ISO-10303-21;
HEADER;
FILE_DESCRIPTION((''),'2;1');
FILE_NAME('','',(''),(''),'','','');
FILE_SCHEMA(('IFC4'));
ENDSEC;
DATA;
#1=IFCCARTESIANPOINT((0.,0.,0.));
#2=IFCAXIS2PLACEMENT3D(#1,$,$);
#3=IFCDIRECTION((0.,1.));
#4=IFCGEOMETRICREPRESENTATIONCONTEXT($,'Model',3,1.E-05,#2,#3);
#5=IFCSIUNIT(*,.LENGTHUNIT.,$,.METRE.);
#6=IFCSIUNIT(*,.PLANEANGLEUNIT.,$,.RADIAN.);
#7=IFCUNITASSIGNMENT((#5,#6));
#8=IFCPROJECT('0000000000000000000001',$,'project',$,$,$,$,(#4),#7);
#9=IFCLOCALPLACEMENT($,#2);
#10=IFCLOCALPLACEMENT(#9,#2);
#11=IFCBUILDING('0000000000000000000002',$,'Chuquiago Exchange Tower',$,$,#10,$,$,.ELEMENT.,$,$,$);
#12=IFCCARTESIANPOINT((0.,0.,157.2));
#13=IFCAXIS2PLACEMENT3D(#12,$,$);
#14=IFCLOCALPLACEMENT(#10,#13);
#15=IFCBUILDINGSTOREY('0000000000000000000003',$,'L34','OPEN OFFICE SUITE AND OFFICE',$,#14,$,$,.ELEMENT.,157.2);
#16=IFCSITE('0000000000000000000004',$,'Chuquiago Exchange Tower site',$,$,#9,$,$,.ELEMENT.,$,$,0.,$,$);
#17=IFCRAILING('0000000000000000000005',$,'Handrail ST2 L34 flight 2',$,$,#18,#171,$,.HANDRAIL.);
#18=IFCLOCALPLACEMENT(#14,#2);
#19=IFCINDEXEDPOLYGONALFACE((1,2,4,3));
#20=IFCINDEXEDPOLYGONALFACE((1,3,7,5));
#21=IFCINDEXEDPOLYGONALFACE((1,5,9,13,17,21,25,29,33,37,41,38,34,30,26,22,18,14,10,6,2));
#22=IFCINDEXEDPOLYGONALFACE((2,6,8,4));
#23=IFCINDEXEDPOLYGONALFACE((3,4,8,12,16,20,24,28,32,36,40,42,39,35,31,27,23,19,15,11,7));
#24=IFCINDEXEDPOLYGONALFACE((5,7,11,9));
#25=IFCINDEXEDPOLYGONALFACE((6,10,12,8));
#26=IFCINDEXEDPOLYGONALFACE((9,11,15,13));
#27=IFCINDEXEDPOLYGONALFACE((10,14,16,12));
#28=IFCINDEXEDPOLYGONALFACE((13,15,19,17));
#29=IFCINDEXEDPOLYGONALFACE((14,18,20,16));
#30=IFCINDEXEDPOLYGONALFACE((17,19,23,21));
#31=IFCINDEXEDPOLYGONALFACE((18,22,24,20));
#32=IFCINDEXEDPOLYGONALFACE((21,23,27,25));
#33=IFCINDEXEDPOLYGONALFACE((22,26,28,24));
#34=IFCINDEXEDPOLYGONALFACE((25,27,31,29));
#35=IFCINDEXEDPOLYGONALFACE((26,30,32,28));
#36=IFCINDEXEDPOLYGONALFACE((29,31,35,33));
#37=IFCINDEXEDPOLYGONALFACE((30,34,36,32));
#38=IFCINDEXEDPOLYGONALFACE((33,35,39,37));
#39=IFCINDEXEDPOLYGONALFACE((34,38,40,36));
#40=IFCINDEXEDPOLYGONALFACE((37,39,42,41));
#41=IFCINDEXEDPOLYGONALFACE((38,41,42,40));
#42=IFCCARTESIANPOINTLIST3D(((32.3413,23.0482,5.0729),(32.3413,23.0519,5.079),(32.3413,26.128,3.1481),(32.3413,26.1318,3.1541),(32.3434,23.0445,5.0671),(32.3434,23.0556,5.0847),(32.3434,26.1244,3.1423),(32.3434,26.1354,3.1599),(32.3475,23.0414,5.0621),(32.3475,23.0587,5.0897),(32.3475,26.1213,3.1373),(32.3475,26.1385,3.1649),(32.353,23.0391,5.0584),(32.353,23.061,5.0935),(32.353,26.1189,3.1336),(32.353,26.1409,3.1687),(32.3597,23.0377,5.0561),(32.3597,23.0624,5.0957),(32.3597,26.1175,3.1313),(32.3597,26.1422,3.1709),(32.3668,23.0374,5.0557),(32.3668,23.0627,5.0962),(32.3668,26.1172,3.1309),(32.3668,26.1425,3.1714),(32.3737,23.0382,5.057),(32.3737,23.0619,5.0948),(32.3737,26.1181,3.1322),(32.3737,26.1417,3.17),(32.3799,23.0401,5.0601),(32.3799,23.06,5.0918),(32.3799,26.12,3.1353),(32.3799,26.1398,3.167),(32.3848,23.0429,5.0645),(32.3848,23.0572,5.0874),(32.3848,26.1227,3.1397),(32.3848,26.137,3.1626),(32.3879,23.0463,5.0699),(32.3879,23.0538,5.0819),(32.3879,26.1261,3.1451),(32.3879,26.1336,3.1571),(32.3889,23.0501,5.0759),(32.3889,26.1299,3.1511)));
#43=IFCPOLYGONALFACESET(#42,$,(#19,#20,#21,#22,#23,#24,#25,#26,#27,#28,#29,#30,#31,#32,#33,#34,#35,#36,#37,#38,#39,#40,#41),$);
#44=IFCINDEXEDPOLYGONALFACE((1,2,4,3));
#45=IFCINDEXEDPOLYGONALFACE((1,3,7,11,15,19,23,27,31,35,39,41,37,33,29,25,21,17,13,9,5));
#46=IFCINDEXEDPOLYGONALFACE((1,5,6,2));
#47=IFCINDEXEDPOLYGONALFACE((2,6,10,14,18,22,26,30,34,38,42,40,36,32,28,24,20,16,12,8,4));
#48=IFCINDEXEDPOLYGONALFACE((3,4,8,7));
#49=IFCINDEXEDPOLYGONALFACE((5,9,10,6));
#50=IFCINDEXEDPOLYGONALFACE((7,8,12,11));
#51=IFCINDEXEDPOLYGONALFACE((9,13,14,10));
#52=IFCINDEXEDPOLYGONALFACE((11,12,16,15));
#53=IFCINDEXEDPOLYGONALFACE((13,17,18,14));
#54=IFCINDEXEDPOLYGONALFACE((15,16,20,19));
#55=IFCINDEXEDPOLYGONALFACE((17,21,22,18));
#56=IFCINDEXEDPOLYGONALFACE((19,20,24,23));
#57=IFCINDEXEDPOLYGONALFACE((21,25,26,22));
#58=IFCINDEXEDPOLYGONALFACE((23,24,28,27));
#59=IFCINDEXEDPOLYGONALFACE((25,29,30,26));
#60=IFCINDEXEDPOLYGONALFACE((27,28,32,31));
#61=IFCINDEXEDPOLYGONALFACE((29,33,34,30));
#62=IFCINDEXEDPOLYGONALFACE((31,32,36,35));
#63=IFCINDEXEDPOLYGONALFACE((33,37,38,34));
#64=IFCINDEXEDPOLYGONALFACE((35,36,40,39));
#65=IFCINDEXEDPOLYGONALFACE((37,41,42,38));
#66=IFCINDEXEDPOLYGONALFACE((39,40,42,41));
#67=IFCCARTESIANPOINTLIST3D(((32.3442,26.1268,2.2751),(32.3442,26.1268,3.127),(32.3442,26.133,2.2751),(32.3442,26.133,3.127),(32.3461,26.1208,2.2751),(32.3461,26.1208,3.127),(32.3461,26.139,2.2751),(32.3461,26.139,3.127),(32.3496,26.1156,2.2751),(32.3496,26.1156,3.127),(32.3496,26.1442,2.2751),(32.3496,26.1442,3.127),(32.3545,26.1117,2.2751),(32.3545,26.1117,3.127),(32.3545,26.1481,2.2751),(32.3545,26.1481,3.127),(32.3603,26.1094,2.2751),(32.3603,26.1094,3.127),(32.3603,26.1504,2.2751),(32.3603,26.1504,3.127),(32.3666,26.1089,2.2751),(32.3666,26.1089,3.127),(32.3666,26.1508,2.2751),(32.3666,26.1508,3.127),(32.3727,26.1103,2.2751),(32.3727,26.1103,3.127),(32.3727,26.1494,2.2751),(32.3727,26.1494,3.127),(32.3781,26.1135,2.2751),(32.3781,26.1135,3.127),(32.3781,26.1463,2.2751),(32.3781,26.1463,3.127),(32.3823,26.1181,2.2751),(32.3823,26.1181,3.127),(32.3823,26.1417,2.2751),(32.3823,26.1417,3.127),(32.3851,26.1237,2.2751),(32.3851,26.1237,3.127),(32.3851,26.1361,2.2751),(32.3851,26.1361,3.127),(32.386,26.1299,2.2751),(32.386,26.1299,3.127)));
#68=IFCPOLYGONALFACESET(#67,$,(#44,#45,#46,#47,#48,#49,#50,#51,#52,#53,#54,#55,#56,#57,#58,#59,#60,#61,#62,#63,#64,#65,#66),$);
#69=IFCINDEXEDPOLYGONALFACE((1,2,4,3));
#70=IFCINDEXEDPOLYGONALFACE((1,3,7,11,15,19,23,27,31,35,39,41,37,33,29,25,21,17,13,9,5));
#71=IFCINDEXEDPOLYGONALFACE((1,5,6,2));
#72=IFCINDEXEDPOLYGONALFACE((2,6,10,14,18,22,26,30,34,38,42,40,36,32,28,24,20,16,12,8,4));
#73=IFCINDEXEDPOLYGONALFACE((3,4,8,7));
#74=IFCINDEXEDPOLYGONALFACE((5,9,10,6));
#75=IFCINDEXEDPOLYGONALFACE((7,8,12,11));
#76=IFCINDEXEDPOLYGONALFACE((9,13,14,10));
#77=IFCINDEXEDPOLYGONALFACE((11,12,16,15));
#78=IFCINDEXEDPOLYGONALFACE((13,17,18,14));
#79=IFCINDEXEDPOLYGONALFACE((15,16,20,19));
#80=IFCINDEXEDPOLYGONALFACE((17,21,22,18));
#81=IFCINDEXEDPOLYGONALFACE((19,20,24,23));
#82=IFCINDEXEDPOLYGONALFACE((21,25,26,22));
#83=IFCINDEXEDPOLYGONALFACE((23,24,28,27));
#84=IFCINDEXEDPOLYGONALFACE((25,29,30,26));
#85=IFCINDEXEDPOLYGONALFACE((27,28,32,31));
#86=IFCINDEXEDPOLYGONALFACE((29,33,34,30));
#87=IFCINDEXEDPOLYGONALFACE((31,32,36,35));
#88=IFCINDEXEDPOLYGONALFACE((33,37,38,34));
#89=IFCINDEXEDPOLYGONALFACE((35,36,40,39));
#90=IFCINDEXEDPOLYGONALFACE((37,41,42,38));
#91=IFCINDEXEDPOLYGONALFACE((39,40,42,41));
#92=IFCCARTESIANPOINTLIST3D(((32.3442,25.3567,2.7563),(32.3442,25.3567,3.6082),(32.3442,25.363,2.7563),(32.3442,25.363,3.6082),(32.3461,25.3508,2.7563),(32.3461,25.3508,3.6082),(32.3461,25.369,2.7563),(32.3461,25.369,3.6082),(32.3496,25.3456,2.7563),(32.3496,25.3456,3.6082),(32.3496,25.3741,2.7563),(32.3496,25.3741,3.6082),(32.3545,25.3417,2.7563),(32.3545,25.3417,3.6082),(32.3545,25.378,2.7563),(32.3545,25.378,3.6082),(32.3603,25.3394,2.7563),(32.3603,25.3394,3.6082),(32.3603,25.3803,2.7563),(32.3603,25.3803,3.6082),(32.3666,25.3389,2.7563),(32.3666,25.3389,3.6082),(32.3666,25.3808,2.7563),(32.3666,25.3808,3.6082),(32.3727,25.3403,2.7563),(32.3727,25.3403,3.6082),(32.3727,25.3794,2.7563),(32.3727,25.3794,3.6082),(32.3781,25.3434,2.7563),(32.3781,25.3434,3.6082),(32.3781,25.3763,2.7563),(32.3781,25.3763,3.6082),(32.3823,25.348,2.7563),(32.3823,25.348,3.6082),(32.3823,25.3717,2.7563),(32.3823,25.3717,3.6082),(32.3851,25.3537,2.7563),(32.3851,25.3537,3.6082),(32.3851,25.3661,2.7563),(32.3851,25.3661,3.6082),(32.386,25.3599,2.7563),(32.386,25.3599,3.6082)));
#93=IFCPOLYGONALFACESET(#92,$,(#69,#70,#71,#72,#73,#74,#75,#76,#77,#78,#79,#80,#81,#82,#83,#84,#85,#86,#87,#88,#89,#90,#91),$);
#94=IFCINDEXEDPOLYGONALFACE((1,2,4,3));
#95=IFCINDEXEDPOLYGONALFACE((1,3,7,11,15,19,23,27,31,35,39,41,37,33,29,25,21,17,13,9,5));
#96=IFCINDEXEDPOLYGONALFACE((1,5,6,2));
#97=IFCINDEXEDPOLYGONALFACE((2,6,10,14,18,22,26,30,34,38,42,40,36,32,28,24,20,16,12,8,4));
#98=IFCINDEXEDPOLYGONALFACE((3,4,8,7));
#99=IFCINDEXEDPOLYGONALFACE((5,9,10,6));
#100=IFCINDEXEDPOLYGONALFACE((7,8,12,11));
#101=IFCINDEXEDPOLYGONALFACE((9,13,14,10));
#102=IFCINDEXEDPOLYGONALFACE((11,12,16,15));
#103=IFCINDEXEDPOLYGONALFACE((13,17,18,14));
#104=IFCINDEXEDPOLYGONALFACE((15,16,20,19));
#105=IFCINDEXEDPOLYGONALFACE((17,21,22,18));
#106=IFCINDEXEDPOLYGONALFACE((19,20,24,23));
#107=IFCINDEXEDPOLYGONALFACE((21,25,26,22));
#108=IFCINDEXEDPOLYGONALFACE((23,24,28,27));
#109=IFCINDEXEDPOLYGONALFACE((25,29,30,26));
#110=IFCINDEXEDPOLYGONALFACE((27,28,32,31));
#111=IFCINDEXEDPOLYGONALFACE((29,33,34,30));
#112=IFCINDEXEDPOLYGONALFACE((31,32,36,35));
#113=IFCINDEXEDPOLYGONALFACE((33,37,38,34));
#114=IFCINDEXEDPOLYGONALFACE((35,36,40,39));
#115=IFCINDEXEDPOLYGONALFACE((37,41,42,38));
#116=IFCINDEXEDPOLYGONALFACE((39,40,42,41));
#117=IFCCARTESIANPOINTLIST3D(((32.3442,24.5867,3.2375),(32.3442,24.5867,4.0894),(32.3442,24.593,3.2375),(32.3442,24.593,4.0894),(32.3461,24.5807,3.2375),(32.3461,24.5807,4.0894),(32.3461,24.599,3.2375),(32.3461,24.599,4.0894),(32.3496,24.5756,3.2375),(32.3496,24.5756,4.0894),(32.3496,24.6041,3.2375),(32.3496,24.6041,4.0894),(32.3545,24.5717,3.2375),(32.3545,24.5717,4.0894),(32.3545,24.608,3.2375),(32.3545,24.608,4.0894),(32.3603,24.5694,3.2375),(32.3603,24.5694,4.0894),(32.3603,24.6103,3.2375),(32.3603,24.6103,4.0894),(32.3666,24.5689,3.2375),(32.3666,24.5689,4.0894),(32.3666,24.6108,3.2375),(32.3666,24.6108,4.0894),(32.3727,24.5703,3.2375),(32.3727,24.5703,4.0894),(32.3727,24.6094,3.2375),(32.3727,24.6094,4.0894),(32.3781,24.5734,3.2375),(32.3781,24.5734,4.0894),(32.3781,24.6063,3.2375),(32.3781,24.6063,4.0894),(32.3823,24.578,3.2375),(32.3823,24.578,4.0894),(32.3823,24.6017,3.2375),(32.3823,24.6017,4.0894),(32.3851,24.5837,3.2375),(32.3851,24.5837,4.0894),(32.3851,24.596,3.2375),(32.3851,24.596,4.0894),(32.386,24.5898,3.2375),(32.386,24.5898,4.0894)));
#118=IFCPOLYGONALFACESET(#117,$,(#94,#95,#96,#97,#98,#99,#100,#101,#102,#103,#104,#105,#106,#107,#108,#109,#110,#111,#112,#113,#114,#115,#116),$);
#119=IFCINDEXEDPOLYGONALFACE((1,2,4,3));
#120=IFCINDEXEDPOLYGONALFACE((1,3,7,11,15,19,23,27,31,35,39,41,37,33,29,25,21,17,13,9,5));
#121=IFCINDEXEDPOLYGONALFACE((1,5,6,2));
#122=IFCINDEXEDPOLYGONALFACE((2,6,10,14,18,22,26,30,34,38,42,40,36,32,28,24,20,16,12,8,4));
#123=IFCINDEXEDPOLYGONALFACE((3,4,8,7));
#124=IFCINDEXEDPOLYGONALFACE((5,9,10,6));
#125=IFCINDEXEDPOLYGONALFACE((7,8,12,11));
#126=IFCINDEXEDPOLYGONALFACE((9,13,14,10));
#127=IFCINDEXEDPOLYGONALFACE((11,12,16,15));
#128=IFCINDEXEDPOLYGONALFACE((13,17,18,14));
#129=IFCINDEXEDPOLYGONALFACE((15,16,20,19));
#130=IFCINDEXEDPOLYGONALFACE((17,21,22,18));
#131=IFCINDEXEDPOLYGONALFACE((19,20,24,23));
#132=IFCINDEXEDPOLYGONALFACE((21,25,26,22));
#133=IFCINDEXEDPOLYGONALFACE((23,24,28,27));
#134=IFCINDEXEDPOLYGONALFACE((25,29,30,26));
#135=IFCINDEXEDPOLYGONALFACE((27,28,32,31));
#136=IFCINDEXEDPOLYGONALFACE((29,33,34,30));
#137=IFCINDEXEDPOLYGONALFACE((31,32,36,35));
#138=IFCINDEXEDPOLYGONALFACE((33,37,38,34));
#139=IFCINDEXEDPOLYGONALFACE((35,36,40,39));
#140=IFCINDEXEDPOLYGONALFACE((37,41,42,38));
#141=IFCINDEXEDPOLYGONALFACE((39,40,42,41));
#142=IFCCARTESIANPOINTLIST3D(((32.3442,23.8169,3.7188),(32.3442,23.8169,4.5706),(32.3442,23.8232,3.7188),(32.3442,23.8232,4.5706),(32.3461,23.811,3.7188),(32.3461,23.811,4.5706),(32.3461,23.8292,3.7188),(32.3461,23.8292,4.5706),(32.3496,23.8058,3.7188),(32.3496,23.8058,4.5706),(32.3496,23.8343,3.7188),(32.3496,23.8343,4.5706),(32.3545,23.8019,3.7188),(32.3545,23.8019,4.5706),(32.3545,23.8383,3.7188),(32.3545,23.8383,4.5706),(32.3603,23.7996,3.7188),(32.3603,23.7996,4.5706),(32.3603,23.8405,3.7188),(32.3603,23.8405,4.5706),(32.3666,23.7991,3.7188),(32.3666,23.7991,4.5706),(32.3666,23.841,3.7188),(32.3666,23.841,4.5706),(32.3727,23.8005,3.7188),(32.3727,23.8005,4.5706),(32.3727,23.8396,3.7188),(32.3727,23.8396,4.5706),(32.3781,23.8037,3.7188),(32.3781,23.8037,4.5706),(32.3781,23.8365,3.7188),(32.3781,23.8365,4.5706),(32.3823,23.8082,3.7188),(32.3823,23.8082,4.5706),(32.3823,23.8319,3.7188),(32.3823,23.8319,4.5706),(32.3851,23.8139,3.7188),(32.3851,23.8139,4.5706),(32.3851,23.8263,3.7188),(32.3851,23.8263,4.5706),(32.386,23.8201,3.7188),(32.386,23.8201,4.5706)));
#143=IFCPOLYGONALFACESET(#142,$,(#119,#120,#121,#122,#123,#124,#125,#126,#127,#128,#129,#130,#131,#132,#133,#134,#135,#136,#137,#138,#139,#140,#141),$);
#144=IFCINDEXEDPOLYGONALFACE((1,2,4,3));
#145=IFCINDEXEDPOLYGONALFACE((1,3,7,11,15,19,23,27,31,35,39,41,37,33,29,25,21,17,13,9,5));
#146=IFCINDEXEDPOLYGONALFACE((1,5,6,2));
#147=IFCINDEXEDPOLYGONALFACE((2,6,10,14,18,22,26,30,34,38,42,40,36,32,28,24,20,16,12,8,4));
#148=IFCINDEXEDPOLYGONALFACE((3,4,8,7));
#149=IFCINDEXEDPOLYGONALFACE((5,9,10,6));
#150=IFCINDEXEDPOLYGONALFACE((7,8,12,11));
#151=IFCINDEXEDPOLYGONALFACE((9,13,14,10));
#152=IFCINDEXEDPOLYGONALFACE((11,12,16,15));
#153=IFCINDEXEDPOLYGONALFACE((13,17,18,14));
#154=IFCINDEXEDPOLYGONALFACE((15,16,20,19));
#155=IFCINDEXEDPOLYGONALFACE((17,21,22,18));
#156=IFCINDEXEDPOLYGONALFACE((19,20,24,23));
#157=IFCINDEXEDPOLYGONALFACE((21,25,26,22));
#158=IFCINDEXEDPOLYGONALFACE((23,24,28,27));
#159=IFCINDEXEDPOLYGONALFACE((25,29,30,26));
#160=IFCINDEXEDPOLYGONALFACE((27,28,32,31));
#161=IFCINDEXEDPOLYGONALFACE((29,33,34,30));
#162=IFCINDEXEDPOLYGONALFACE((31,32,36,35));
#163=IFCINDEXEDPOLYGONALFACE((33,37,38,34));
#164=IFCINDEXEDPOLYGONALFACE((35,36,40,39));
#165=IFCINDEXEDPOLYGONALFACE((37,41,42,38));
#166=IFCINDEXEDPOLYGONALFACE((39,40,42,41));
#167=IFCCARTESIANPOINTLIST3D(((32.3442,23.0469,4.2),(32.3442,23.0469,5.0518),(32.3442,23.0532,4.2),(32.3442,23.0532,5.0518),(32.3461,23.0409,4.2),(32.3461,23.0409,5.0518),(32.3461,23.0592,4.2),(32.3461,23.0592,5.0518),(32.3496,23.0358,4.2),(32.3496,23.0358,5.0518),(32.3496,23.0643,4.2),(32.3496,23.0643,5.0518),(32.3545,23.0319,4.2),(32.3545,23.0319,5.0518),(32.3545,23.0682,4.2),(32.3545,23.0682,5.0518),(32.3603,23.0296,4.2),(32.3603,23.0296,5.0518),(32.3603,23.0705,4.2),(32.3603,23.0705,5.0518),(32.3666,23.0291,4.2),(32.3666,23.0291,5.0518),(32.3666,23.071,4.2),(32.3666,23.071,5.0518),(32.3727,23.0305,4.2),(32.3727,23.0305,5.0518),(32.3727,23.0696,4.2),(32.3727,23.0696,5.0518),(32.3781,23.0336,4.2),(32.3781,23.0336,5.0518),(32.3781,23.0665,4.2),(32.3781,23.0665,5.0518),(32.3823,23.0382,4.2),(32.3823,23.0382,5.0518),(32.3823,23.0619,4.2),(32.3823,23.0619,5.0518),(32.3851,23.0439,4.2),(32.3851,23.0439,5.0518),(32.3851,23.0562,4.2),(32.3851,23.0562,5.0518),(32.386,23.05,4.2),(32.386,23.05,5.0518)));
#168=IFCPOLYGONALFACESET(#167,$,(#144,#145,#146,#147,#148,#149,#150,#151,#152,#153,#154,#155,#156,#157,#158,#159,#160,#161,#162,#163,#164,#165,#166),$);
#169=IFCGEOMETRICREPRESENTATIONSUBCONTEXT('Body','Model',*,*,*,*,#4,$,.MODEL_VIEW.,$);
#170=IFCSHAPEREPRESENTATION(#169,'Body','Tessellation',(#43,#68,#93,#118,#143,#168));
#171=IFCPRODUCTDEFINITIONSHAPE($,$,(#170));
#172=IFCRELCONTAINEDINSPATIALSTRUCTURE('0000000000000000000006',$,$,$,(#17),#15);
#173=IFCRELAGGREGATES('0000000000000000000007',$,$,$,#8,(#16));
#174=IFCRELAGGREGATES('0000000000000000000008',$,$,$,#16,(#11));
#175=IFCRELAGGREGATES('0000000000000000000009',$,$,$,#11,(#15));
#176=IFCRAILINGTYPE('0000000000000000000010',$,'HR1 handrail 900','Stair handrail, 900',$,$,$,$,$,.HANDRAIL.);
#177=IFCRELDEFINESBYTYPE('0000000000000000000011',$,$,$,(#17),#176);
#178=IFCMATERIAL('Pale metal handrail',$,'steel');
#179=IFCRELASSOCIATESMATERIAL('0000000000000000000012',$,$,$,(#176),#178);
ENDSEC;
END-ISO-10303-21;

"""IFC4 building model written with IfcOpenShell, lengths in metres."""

from ifc_helpers import new_model, si_unit, direction, frame, origin, origin_2d, place, context, subcontext, project, spatial, circle, extrude, material, type_object, element, save


model = new_model("IFC4")

# Units and contexts
model_context = context("Model", 3, precision=1e-05, world=origin(), true_north=direction((0.0, 1.0)))
body_context = subcontext(model_context, "Body", "Model", "MODEL_VIEW")
ifc_project = project(units=[si_unit("LENGTHUNIT", "METRE"), si_unit("PLANEANGLEUNIT", "RADIAN")], contexts=[model_context])

# Site, building, storey
site_placement = place(None, origin())
site = spatial("IfcSite", under=ifc_project, at=site_placement, Name="Chuquiago Exchange Tower site", CompositionType="ELEMENT", RefElevation=0.0)
building_placement = place(site_placement, origin())
building = spatial("IfcBuilding", under=site, at=building_placement, Name="Chuquiago Exchange Tower", CompositionType="ELEMENT")
storey_placement = place(building_placement, frame((0.0, 0.0, 157.2)))
storey = spatial("IfcBuildingStorey", under=building, at=storey_placement, Name="L34", Description="OPEN OFFICE SUITE AND OFFICE", CompositionType="ELEMENT", Elevation=157.2)

# Railing
ifc_material_1 = material(Name="Pale metal handrail", Category="steel")
railing_type_1 = type_object("IfcRailingType", Name="HR1 handrail 900", Description="Stair handrail, 900", PredefinedType="HANDRAIL", material=ifc_material_1)
for number, where, name in (
    (1, (32.365, 26.1299, 2.2751), "Handrail ST2 L34 flight 2"),
):
    element("IfcRailing", number, at=place(storey_placement, frame(where)), inside=storey, type_object=railing_type_1, Name=name, PredefinedType="HANDRAIL", context=body_context, shape_type="SweptSolid", body=[
        extrude(circle(Radius=0.0239, at=origin_2d()), frame((0.0, 0.0, 0.876), z_axis=(0.0, -0.84801, 0.529981), x_axis=(1.0, 0.0, 0.0)), (0.0, 0.0, 1.0), 3.6318),
        extrude(circle(Radius=0.021, at=origin_2d()), origin(), (0.0, 0.0, 1.0), 0.8518),
        extrude(circle(Radius=0.021, at=origin_2d()), frame((0.0, -0.77, 0.4812)), (0.0, 0.0, 1.0), 0.8518),
        extrude(circle(Radius=0.021, at=origin_2d()), frame((0.0, -1.54, 0.9624)), (0.0, 0.0, 1.0), 0.8518),
        extrude(circle(Radius=0.021, at=origin_2d()), frame((0.0, -2.3098, 1.4436)), (0.0, 0.0, 1.0), 0.8518),
        extrude(circle(Radius=0.021, at=origin_2d()), frame((0.0, -3.0798, 1.9248)), (0.0, 0.0, 1.0), 0.8518),
    ])

save(model, "model.ifc")
